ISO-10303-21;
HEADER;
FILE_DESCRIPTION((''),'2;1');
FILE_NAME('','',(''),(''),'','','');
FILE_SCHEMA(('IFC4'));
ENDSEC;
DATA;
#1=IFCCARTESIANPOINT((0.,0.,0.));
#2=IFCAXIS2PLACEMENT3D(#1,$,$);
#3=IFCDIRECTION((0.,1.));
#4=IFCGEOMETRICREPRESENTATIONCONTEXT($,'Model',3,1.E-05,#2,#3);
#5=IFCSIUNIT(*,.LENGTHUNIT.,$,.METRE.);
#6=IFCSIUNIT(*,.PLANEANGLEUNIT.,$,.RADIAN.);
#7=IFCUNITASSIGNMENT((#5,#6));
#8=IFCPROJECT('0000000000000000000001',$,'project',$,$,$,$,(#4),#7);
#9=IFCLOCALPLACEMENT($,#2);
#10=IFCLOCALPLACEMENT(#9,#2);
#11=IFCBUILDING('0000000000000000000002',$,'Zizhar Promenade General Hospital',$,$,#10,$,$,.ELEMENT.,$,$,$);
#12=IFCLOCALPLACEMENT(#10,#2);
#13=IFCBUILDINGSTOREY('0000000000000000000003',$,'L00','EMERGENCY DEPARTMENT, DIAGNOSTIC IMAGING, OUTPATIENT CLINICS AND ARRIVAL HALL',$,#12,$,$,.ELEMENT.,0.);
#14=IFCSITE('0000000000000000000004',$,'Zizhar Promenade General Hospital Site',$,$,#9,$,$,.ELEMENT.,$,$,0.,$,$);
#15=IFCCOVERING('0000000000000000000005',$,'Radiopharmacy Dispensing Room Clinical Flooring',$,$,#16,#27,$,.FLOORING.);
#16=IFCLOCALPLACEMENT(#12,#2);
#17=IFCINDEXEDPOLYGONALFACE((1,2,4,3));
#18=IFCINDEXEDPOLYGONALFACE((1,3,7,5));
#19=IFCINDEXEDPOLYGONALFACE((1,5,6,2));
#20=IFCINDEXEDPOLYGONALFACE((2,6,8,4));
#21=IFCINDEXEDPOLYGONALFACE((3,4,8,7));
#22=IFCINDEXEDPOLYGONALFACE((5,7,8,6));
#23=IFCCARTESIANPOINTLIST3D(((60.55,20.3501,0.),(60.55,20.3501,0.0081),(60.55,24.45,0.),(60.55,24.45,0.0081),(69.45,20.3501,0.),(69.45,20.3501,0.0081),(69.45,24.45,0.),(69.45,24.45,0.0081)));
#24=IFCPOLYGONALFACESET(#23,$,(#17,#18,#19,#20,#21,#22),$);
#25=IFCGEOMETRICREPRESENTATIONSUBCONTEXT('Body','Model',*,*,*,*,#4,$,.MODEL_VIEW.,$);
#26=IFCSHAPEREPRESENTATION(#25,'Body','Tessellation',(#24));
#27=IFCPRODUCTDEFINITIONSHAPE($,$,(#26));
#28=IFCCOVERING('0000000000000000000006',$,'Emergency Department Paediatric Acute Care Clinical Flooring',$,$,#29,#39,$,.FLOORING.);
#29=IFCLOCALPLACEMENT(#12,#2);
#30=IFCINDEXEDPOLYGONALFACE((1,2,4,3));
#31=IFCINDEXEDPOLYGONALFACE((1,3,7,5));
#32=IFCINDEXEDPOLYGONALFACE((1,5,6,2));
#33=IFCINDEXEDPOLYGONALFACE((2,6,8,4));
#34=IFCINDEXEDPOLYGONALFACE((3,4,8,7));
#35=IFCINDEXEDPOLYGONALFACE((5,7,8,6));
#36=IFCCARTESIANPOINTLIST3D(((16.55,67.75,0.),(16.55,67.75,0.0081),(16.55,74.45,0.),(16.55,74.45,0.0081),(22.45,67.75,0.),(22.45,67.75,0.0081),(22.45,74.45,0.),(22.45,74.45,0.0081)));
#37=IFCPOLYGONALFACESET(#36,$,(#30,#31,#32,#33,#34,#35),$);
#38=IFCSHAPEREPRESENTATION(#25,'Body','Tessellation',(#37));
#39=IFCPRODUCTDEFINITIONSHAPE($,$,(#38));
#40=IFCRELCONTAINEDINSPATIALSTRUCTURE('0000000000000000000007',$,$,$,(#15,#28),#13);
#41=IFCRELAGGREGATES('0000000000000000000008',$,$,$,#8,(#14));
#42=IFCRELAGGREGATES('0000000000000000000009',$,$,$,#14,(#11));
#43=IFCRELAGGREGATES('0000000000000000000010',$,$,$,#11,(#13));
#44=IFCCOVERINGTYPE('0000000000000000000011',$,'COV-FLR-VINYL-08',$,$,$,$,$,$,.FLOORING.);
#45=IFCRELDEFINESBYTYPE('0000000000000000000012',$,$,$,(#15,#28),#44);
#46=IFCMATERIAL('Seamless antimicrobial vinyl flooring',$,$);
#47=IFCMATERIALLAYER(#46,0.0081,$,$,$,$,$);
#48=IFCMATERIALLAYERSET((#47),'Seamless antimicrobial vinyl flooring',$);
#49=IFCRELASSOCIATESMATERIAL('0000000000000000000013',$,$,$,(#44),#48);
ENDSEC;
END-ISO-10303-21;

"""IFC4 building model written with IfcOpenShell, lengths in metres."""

from ifc_helpers import new_model, si_unit, direction, origin, place, context, subcontext, project, spatial, polyline, outline, extrude, material, layer, layer_set, type_object, element, save


model = new_model("IFC4")

# Units and contexts
model_context = context("Model", 3, precision=1e-05, world=origin(), true_north=direction((0.0, 1.0)))
body_context = subcontext(model_context, "Body", "Model", "MODEL_VIEW")
ifc_project = project(units=[si_unit("LENGTHUNIT", "METRE"), si_unit("PLANEANGLEUNIT", "RADIAN")], contexts=[model_context])

# Site, building, storey
site_placement = place(None, origin())
site = spatial("IfcSite", under=ifc_project, at=site_placement, Name="Zizhar Promenade General Hospital Site", CompositionType="ELEMENT", RefElevation=0.0)
building_placement = place(site_placement, origin())
building = spatial("IfcBuilding", under=site, at=building_placement, Name="Zizhar Promenade General Hospital", CompositionType="ELEMENT")
storey_placement = place(building_placement, origin())
storey = spatial("IfcBuildingStorey", under=building, at=storey_placement, Name="L00", Description="EMERGENCY DEPARTMENT, DIAGNOSTIC IMAGING, OUTPATIENT CLINICS AND ARRIVAL HALL", CompositionType="ELEMENT", Elevation=0.0)

# Coverings
ifc_material_1 = material(Name="Seamless antimicrobial vinyl flooring")
ifc_layer_1 = layer(ifc_material_1, 0.0081)
ifc_layer_set_1 = layer_set([ifc_layer_1], Name="Seamless antimicrobial vinyl flooring")
covering_type_1 = type_object("IfcCoveringType", Name="COV-FLR-VINYL-08", PredefinedType="FLOORING", material=ifc_layer_set_1)
covering_1_placement = place(storey_placement, origin())
element("IfcCovering", 1, at=covering_1_placement, inside=storey, type_object=covering_type_1, Name="Radiopharmacy Dispensing Room Clinical Flooring", PredefinedType="FLOORING", context=body_context, shape_type="SweptSolid", body=[
    extrude(outline(polyline([(60.55, 20.3501), (69.45, 20.3501), (69.45, 24.45), (60.55, 24.45), (60.55, 20.3501)])), origin(), (0.0, 0.0, 1.0), 0.0081),
])
covering_2_placement = place(storey_placement, origin())
element("IfcCovering", 2, at=covering_2_placement, inside=storey, type_object=covering_type_1, Name="Emergency Department Paediatric Acute Care Clinical Flooring", PredefinedType="FLOORING", context=body_context, shape_type="SweptSolid", body=[
    extrude(outline(polyline([(16.55, 67.75), (22.45, 67.75), (22.45, 74.45), (16.55, 74.45), (16.55, 67.75)])), origin(), (0.0, 0.0, 1.0), 0.0081),
])

save(model, "model.ifc")
